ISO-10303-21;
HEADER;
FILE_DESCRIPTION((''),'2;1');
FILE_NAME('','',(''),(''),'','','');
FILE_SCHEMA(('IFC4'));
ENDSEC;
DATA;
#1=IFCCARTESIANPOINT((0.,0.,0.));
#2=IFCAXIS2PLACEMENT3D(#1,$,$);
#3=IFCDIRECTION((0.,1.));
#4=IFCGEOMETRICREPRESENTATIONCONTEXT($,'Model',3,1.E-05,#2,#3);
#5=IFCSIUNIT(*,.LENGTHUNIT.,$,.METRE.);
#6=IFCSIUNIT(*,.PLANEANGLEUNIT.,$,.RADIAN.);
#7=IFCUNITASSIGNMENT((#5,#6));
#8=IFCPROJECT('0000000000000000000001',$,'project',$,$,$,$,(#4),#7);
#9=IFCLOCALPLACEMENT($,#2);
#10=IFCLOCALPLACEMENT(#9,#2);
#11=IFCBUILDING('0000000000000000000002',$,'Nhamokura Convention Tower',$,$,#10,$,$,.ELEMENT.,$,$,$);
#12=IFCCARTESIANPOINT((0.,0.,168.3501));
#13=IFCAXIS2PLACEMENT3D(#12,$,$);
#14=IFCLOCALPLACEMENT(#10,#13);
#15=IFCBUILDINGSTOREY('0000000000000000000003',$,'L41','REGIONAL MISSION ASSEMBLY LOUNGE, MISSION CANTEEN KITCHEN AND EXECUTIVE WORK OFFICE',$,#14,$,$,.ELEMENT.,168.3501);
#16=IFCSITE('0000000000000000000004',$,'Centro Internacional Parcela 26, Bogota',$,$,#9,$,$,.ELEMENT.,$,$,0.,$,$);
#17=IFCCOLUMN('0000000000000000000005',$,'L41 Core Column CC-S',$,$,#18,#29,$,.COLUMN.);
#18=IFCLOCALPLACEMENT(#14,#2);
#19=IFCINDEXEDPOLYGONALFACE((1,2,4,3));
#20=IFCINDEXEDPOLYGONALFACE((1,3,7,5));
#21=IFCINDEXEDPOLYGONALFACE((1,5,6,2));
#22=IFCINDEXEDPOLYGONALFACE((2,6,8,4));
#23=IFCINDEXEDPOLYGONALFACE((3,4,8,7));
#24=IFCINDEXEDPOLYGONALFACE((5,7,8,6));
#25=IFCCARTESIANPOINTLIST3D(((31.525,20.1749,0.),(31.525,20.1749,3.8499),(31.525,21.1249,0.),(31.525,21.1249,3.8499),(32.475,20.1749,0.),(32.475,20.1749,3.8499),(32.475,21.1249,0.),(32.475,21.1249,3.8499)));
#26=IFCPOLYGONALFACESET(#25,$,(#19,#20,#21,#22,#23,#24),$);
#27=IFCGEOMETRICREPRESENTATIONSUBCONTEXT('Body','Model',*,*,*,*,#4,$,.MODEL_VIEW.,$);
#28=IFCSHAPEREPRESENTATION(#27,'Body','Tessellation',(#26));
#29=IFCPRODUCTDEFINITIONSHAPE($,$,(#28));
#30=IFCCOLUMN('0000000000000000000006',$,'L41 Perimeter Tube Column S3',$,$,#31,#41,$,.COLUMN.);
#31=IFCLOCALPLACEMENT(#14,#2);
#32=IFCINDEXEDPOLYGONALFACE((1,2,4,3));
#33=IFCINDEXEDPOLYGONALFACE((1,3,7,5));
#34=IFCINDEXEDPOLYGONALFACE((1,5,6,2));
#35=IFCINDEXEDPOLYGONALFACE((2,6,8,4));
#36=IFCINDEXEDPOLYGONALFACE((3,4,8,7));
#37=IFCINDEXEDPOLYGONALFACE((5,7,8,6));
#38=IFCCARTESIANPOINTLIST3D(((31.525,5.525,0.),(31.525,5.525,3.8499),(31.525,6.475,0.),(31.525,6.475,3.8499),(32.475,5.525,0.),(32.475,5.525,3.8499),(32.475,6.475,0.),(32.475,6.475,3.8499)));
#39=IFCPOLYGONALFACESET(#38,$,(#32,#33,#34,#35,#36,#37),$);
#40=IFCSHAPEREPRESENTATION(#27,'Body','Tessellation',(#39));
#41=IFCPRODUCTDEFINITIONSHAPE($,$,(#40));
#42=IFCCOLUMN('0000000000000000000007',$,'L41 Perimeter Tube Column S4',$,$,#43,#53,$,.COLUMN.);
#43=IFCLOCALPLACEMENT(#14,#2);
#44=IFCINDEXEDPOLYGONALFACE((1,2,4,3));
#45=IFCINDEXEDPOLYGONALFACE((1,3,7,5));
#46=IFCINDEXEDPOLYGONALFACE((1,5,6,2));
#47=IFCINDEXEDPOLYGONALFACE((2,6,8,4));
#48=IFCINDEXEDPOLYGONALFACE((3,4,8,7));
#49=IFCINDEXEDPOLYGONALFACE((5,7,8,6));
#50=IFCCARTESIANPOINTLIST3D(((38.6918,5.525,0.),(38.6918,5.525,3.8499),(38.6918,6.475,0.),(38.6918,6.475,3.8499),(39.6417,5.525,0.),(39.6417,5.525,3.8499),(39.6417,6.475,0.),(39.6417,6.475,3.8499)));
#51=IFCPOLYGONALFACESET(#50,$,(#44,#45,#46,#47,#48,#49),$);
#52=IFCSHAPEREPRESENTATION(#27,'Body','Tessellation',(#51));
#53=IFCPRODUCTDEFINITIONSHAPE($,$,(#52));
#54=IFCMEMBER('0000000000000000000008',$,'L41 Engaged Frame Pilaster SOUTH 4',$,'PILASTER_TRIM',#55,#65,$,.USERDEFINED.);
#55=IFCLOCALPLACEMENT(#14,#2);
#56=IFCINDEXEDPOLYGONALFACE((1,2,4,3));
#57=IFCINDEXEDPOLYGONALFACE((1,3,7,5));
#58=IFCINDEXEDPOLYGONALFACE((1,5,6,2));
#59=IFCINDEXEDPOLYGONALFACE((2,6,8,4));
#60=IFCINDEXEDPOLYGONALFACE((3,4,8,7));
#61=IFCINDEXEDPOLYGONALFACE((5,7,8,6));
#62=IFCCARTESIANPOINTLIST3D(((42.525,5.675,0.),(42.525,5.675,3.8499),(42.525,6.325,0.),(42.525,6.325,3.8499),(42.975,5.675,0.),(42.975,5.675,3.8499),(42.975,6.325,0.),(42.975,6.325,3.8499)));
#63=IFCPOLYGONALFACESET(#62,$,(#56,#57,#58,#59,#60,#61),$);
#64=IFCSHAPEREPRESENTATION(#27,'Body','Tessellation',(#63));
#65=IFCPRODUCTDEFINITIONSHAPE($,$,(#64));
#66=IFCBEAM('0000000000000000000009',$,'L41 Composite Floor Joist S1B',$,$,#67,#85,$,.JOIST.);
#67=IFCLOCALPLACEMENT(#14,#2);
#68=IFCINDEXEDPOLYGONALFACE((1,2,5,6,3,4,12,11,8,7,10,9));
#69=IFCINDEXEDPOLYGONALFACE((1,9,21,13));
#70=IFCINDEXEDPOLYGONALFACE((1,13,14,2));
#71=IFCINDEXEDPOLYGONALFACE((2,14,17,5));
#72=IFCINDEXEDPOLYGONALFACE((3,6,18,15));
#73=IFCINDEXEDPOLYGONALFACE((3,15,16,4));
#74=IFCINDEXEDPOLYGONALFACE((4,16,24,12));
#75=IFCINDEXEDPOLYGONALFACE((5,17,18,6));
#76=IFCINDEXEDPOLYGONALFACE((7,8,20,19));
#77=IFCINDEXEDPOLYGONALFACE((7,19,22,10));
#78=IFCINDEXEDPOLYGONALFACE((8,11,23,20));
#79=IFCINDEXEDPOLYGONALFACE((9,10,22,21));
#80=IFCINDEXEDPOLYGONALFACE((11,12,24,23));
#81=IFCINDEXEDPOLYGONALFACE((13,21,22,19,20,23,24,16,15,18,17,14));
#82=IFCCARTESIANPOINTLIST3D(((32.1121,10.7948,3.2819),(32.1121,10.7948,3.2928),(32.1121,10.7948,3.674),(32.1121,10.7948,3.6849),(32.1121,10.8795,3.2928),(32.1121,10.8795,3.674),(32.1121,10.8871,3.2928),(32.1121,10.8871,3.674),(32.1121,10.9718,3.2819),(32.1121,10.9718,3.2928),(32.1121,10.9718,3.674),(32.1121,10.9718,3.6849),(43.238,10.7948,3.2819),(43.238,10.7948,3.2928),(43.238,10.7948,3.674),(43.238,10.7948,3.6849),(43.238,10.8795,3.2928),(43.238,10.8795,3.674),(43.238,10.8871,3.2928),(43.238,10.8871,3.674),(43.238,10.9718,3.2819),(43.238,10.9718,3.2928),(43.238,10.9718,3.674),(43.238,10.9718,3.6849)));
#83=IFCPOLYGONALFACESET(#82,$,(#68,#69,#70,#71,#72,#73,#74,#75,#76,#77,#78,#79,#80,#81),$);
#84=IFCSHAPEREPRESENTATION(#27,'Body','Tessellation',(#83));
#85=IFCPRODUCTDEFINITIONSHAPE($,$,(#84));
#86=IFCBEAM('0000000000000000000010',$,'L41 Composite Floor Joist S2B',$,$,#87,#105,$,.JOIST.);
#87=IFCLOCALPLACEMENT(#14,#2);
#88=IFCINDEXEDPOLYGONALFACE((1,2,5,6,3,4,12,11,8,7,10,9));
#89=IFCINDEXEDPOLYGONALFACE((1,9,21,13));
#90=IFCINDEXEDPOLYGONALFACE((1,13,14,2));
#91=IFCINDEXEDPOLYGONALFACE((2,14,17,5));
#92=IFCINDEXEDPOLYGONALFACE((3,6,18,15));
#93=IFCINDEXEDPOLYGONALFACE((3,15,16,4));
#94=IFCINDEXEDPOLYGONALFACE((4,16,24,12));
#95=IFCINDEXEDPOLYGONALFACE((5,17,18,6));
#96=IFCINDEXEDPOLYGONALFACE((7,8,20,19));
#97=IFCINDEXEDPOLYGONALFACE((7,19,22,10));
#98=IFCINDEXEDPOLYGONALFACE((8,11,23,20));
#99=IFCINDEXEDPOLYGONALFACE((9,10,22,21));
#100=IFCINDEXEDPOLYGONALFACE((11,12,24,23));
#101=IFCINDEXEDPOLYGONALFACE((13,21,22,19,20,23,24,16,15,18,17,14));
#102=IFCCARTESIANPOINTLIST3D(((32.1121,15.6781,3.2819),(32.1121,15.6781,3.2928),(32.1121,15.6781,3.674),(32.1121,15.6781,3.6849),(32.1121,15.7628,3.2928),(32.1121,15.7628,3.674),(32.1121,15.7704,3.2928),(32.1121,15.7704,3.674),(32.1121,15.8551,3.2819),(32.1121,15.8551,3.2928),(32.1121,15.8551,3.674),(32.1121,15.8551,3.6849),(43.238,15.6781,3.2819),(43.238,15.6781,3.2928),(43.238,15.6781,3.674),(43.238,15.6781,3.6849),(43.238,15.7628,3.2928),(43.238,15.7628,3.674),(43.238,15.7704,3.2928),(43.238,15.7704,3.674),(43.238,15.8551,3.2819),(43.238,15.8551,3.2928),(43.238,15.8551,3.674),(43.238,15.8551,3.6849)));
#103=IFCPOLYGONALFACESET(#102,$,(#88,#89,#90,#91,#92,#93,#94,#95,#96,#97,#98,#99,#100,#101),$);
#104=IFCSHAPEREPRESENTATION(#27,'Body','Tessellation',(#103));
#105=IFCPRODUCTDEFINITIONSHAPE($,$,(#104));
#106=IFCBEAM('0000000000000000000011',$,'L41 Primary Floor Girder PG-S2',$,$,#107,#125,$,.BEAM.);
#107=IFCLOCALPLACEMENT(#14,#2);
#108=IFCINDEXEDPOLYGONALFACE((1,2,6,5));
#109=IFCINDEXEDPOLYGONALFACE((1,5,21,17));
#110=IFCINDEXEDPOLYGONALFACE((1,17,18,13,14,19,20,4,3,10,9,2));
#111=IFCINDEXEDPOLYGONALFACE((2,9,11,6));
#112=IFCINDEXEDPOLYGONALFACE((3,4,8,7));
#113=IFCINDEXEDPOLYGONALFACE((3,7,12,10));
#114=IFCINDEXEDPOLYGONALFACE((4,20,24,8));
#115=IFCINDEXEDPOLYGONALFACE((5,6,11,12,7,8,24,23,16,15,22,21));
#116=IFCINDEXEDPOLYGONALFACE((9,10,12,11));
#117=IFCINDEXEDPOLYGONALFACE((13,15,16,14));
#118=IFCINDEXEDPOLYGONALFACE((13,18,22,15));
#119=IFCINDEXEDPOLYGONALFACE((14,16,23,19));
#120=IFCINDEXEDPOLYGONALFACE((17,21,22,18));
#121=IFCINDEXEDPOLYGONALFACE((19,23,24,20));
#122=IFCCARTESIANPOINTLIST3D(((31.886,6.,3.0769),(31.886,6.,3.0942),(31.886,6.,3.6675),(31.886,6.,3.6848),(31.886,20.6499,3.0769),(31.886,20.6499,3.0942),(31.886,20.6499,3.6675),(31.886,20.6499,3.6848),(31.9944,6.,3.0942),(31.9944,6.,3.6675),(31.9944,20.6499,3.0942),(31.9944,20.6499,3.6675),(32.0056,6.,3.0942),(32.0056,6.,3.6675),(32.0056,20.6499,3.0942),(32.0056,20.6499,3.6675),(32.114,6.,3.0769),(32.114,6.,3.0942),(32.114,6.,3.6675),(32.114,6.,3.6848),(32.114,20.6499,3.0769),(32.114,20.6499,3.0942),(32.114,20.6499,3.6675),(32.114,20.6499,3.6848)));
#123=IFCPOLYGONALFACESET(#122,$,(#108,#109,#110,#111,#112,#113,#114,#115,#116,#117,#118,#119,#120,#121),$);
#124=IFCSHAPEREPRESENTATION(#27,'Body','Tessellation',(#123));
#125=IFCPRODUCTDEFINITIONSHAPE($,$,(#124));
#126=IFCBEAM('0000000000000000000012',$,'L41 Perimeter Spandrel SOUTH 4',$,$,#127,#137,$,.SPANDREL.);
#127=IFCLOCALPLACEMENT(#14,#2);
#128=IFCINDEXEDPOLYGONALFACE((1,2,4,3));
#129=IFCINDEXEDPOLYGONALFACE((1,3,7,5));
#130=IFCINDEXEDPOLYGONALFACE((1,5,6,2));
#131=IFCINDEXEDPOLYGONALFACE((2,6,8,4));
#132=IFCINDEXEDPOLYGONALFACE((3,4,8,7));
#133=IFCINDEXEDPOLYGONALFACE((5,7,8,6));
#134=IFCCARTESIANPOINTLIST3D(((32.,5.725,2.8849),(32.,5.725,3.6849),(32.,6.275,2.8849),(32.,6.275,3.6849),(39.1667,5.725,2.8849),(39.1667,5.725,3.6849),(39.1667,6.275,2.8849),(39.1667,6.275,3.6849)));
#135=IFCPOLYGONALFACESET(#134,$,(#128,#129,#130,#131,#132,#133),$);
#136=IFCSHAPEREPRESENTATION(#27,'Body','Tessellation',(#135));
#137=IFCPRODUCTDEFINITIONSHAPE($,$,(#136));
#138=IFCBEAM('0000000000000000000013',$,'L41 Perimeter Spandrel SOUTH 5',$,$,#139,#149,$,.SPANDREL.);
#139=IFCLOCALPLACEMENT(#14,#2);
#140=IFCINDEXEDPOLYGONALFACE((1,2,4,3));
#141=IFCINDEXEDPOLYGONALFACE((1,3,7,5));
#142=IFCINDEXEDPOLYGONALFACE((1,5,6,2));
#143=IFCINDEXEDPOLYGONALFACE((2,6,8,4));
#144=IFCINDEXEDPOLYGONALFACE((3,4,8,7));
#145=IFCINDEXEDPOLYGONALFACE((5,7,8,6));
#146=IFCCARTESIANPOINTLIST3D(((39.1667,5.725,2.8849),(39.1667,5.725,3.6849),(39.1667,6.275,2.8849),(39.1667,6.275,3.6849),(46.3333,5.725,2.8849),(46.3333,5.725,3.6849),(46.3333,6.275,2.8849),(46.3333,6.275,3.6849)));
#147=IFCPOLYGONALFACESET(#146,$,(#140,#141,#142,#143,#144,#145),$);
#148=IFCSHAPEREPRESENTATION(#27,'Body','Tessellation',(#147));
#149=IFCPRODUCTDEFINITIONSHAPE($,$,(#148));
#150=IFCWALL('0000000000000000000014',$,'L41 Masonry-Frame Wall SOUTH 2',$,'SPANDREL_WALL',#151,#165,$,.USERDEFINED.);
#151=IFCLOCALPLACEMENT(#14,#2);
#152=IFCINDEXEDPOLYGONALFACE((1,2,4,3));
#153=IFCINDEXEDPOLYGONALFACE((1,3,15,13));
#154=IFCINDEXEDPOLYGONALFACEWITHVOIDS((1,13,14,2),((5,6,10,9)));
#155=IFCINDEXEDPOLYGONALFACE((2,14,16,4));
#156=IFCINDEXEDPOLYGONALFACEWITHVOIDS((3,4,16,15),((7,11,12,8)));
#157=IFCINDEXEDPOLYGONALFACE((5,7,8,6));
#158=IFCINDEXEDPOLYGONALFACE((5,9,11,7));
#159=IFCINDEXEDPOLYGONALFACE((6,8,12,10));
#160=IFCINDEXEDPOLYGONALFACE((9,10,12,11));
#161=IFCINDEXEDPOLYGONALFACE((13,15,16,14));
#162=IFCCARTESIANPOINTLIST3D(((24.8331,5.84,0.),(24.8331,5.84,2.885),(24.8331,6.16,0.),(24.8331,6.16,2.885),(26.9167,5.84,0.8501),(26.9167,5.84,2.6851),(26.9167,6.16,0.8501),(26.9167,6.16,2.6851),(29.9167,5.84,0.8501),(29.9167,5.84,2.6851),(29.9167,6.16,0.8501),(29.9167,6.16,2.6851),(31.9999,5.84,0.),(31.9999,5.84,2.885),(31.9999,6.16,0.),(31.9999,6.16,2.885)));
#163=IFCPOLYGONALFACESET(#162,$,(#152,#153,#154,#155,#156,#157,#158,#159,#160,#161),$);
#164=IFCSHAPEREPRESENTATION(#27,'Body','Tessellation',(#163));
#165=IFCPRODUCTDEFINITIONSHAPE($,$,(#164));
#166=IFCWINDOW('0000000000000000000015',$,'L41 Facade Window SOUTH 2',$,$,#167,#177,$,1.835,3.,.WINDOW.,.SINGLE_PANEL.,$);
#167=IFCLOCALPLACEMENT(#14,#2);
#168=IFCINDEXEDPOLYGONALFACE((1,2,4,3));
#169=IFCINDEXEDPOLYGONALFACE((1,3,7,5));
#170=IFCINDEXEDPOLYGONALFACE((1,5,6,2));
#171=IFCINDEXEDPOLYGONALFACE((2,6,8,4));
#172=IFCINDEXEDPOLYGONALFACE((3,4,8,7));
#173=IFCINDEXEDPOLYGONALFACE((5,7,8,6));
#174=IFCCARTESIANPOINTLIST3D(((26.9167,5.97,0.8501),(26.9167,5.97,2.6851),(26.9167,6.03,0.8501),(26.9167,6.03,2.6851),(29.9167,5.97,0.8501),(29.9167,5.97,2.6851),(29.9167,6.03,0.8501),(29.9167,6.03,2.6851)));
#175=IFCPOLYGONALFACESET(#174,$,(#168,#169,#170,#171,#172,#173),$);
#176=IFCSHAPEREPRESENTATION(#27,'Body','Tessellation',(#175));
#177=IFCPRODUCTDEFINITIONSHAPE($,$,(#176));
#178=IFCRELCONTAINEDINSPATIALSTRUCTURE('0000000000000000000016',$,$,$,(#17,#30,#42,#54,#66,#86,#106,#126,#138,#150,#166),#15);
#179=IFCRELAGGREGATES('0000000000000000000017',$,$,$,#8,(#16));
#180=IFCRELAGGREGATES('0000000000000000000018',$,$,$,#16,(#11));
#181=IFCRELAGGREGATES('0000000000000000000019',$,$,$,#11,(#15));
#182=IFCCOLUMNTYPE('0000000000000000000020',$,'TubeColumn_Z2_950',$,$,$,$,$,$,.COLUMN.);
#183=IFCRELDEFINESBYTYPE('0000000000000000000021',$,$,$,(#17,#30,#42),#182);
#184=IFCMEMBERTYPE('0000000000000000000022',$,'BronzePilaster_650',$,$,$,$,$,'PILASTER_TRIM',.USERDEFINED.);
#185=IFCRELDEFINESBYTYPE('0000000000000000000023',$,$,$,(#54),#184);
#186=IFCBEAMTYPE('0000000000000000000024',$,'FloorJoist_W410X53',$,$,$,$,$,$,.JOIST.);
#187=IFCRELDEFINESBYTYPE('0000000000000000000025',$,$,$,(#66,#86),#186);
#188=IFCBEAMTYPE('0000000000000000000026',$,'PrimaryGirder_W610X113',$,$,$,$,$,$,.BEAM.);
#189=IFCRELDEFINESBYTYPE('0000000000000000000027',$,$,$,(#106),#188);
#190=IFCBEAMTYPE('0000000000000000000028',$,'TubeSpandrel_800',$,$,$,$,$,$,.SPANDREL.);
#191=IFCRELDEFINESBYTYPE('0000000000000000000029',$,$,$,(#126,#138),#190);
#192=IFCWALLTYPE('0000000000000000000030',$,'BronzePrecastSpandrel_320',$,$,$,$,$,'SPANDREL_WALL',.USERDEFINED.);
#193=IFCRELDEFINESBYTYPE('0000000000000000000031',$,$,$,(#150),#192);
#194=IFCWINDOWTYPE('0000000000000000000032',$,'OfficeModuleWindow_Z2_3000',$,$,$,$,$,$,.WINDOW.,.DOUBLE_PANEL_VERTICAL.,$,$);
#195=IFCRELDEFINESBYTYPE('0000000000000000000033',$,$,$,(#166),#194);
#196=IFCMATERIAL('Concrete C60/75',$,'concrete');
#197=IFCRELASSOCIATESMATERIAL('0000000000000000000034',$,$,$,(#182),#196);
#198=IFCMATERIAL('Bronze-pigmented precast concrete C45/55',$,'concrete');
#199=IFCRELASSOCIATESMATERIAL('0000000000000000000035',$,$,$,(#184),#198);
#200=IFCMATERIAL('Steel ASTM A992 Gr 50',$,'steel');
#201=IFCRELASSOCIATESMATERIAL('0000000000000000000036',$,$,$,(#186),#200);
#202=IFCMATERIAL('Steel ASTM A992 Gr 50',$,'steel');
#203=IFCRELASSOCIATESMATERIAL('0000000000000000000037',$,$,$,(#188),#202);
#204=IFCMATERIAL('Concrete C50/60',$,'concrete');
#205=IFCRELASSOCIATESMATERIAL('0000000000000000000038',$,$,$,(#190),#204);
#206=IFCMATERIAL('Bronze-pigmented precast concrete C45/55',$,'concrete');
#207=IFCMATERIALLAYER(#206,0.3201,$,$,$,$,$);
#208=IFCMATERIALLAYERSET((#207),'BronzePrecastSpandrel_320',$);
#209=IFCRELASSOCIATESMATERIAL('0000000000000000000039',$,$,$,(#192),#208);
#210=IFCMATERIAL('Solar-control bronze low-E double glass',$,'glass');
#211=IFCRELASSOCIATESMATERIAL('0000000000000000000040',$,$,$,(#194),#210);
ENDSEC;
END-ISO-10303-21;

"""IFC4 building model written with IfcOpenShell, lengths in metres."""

from ifc_helpers import new_model, si_unit, direction, frame, frame_2d, origin, origin_2d, place, context, subcontext, project, spatial, rectangle, i_section, extrude, material, layer, layer_set, material_profile, profile_set, type_object, element, fill, save


model = new_model("IFC4")

# Units and contexts
model_context = context("Model", 3, precision=1e-05, world=origin(), true_north=direction((0.0, 1.0)))
body_context = subcontext(model_context, "Body", "Model", "MODEL_VIEW")
ifc_project = project(units=[si_unit("LENGTHUNIT", "METRE"), si_unit("PLANEANGLEUNIT", "RADIAN")], contexts=[model_context])

# Site, building, storey
site_placement = place(None, origin())
site = spatial("IfcSite", under=ifc_project, at=site_placement, Name="Centro Internacional Parcela 26, Bogota", CompositionType="ELEMENT", RefElevation=0.0)
building_placement = place(site_placement, origin())
building = spatial("IfcBuilding", under=site, at=building_placement, Name="Nhamokura Convention Tower", CompositionType="ELEMENT")
storey_placement = place(building_placement, frame((0.0, 0.0, 168.3501)))
storey = spatial("IfcBuildingStorey", under=building, at=storey_placement, Name="L41", Description="REGIONAL MISSION ASSEMBLY LOUNGE, MISSION CANTEEN KITCHEN AND EXECUTIVE WORK OFFICE", CompositionType="ELEMENT", Elevation=168.3501)

# Columns
ifc_material_1 = material(Name="Concrete C60/75", Category="concrete")
ifc_material_profile_1 = material_profile(ifc_material_1, rectangle(XDim=0.95, YDim=0.95, at=origin_2d()))
ifc_profile_set_1 = profile_set([ifc_material_profile_1], Name="Concrete C60/75")
column_type = type_object("IfcColumnType", Name="TubeColumn_Z2_950", PredefinedType="COLUMN", material=ifc_profile_set_1)
for number, where, z_axis, x_axis, name in (
    (1, (32.0, 20.6499, 0.0), (0.0, 0.0, 1.0), (1.0, 0.0, 0.0), "L41 Core Column CC-S"),
    (2, (32.0, 6.0, 0.0), (0.0, 0.0, 1.0), (1.0, 0.0, 0.0), "L41 Perimeter Tube Column S3"),
    (3, (39.1667, 6.0, 0.0), (0.0, 0.0, 1.0), (1.0, 0.0, 0.0), "L41 Perimeter Tube Column S4"),
):
    element("IfcColumn", number, at=place(storey_placement, frame(where, z_axis=z_axis, x_axis=x_axis)), inside=storey, type_object=column_type, Name=name, PredefinedType="COLUMN", context=body_context, shape_type="SweptSolid", body=[
        extrude(rectangle(XDim=0.95, YDim=0.95, at=origin_2d()), origin(), (0.0, 0.0, 1.0), 3.8499),
    ])

# Member
ifc_material_2 = material(Name="Bronze-pigmented precast concrete C45/55", Category="concrete")
ifc_material_profile_2 = material_profile(ifc_material_2, rectangle(XDim=0.45, YDim=0.6499, at=origin_2d()))
ifc_profile_set_2 = profile_set([ifc_material_profile_2], Name="Bronze-pigmented precast concrete C45/55")
member_type = type_object("IfcMemberType", Name="BronzePilaster_650", ElementType="PILASTER_TRIM", PredefinedType="USERDEFINED", material=ifc_profile_set_2)
member_placement = place(storey_placement, frame((42.75, 6.0, 0.0), z_axis=(0.0, 0.0, 1.0), x_axis=(1.0, 0.0, 0.0)))
element("IfcMember", 4, at=member_placement, inside=storey, type_object=member_type, Name="L41 Engaged Frame Pilaster SOUTH 4", ObjectType="PILASTER_TRIM", PredefinedType="USERDEFINED", context=body_context, shape_type="SweptSolid", body=[
    extrude(rectangle(XDim=0.45, YDim=0.6499, at=origin_2d()), origin(), (0.0, 0.0, 1.0), 3.8499),
])

# Beams
ifc_material_3 = material(Name="Steel ASTM A992 Gr 50", Category="steel")
ifc_material_profile_3 = material_profile(ifc_material_3, i_section(OverallWidth=0.177, OverallDepth=0.4031, WebThickness=0.0076, FlangeThickness=0.011, at=origin_2d()))
ifc_profile_set_3 = profile_set([ifc_material_profile_3], Name="Steel ASTM A992 Gr 50")
beam_type_1 = type_object("IfcBeamType", Name="FloorJoist_W410X53", PredefinedType="JOIST", material=ifc_profile_set_3)
for number, where, z_axis, x_axis, name in (
    (5, (32.1121, 10.8833, 3.4834), (1.0, 0.0, 0.0), (0.0, 1.0, 0.0), "L41 Composite Floor Joist S1B"),
    (6, (32.1121, 15.7666, 3.4834), (1.0, 0.0, 0.0), (0.0, 1.0, 0.0), "L41 Composite Floor Joist S2B"),
):
    element("IfcBeam", number, at=place(storey_placement, frame(where, z_axis=z_axis, x_axis=x_axis)), inside=storey, type_object=beam_type_1, Name=name, PredefinedType="JOIST", context=body_context, shape_type="SweptSolid", body=[
        extrude(i_section(OverallWidth=0.177, OverallDepth=0.4031, WebThickness=0.0076, FlangeThickness=0.011, at=origin_2d()), origin(), (0.0, 0.0, 1.0), 11.126),
    ])
ifc_material_4 = material(Name="Steel ASTM A992 Gr 50", Category="steel")
ifc_material_profile_4 = material_profile(ifc_material_4, i_section(OverallWidth=0.228, OverallDepth=0.6079, WebThickness=0.0112, FlangeThickness=0.0173, at=origin_2d()))
ifc_profile_set_4 = profile_set([ifc_material_profile_4], Name="Steel ASTM A992 Gr 50")
beam_type_2 = type_object("IfcBeamType", Name="PrimaryGirder_W610X113", PredefinedType="BEAM", material=ifc_profile_set_4)
beam_1_placement = place(storey_placement, frame((32.0, 6.0, 3.3809), z_axis=(0.0, 1.0, 0.0), x_axis=(-1.0, 0.0, 0.0)))
element("IfcBeam", 7, at=beam_1_placement, inside=storey, type_object=beam_type_2, Name="L41 Primary Floor Girder PG-S2", PredefinedType="BEAM", context=body_context, shape_type="SweptSolid", body=[
    extrude(i_section(OverallWidth=0.228, OverallDepth=0.6079, WebThickness=0.0112, FlangeThickness=0.0173, at=origin_2d()), origin(), (0.0, 0.0, 1.0), 14.6499),
])
ifc_material_5 = material(Name="Concrete C50/60", Category="concrete")
ifc_material_profile_5 = material_profile(ifc_material_5, rectangle(XDim=0.55, YDim=0.8, at=origin_2d()))
ifc_profile_set_5 = profile_set([ifc_material_profile_5], Name="Concrete C50/60")
beam_type_3 = type_object("IfcBeamType", Name="TubeSpandrel_800", PredefinedType="SPANDREL", material=ifc_profile_set_5)
beam_2_placement = place(storey_placement, frame((32.0, 6.0, 3.2849), z_axis=(1.0, 0.0, 0.0), x_axis=(0.0, 1.0, 0.0)))
element("IfcBeam", 8, at=beam_2_placement, inside=storey, type_object=beam_type_3, Name="L41 Perimeter Spandrel SOUTH 4", PredefinedType="SPANDREL", context=body_context, shape_type="SweptSolid", body=[
    extrude(rectangle(XDim=0.55, YDim=0.8, at=origin_2d()), origin(), (0.0, 0.0, 1.0), 7.1667),
])
beam_3_placement = place(storey_placement, frame((39.1667, 6.0, 3.2849), z_axis=(1.0, 0.0, 0.0), x_axis=(0.0, 1.0, 0.0)))
element("IfcBeam", 9, at=beam_3_placement, inside=storey, type_object=beam_type_3, Name="L41 Perimeter Spandrel SOUTH 5", PredefinedType="SPANDREL", context=body_context, shape_type="SweptSolid", body=[
    extrude(rectangle(XDim=0.55, YDim=0.8, at=origin_2d()), origin(), (0.0, 0.0, 1.0), 7.1665),
])

# Wall, opening, window
ifc_material_6 = material(Name="Bronze-pigmented precast concrete C45/55", Category="concrete")
ifc_layer_1 = layer(ifc_material_6, 0.3201)
ifc_layer_set_1 = layer_set([ifc_layer_1], Name="BronzePrecastSpandrel_320")
wall_type_1 = type_object("IfcWallType", Name="BronzePrecastSpandrel_320", ElementType="SPANDREL_WALL", PredefinedType="USERDEFINED", material=ifc_layer_set_1)
wall_1_placement = place(storey_placement, frame((32.0, 6.0, 0.0), z_axis=(0.0, 0.0, 1.0), x_axis=(-1.0, 0.0, 0.0)))
wall_1 = element("IfcWall", 10, at=wall_1_placement, inside=storey, type_object=wall_type_1, Name="L41 Masonry-Frame Wall SOUTH 2", ObjectType="SPANDREL_WALL", PredefinedType="USERDEFINED", context=body_context, shape_type="SweptSolid", body=[
    extrude(rectangle(XDim=7.1667, YDim=0.3201, at=frame_2d((3.5835, 0.0))), origin(), (0.0, 0.0, 1.0), 2.885),
])
opening_1_placement = place(wall_1_placement, frame((2.0833, 0.0, 0.8501)))
opening_1 = element("IfcOpeningElement", 11, at=opening_1_placement, cuts=wall_1, PredefinedType="OPENING", context=body_context, shape_type="SweptSolid", body=[
    extrude(rectangle(XDim=3.0, YDim=1.835, at=frame_2d((1.5, 0.9175))), frame((0.0, 0.1699, 0.0), z_axis=(0.0, -1.0, 0.0), x_axis=(1.0, 0.0, 0.0)), (0.0, 0.0, 1.0), 0.3401),
])
ifc_material_7 = material(Name="Solar-control bronze low-E double glass", Category="glass")
window_type = type_object("IfcWindowType", Name="OfficeModuleWindow_Z2_3000", PartitioningType="DOUBLE_PANEL_VERTICAL", PredefinedType="WINDOW", material=ifc_material_7)
window_1_placement = place(opening_1_placement, origin())
window_1 = element("IfcWindow", 12, at=window_1_placement, inside=storey, type_object=window_type, Name="L41 Facade Window SOUTH 2", OverallHeight=1.835, OverallWidth=3.0, PartitioningType="SINGLE_PANEL", PredefinedType="WINDOW", context=body_context, shape_type="SweptSolid", body=[
    extrude(rectangle(XDim=3.0, YDim=1.835, at=frame_2d((1.5, 0.9175))), frame((0.0, 0.03, 0.0), z_axis=(0.0, -1.0, 0.0), x_axis=(1.0, 0.0, 0.0)), (0.0, 0.0, 1.0), 0.0601),
])
fill(opening_1, window_1)

save(model, "model.ifc")
